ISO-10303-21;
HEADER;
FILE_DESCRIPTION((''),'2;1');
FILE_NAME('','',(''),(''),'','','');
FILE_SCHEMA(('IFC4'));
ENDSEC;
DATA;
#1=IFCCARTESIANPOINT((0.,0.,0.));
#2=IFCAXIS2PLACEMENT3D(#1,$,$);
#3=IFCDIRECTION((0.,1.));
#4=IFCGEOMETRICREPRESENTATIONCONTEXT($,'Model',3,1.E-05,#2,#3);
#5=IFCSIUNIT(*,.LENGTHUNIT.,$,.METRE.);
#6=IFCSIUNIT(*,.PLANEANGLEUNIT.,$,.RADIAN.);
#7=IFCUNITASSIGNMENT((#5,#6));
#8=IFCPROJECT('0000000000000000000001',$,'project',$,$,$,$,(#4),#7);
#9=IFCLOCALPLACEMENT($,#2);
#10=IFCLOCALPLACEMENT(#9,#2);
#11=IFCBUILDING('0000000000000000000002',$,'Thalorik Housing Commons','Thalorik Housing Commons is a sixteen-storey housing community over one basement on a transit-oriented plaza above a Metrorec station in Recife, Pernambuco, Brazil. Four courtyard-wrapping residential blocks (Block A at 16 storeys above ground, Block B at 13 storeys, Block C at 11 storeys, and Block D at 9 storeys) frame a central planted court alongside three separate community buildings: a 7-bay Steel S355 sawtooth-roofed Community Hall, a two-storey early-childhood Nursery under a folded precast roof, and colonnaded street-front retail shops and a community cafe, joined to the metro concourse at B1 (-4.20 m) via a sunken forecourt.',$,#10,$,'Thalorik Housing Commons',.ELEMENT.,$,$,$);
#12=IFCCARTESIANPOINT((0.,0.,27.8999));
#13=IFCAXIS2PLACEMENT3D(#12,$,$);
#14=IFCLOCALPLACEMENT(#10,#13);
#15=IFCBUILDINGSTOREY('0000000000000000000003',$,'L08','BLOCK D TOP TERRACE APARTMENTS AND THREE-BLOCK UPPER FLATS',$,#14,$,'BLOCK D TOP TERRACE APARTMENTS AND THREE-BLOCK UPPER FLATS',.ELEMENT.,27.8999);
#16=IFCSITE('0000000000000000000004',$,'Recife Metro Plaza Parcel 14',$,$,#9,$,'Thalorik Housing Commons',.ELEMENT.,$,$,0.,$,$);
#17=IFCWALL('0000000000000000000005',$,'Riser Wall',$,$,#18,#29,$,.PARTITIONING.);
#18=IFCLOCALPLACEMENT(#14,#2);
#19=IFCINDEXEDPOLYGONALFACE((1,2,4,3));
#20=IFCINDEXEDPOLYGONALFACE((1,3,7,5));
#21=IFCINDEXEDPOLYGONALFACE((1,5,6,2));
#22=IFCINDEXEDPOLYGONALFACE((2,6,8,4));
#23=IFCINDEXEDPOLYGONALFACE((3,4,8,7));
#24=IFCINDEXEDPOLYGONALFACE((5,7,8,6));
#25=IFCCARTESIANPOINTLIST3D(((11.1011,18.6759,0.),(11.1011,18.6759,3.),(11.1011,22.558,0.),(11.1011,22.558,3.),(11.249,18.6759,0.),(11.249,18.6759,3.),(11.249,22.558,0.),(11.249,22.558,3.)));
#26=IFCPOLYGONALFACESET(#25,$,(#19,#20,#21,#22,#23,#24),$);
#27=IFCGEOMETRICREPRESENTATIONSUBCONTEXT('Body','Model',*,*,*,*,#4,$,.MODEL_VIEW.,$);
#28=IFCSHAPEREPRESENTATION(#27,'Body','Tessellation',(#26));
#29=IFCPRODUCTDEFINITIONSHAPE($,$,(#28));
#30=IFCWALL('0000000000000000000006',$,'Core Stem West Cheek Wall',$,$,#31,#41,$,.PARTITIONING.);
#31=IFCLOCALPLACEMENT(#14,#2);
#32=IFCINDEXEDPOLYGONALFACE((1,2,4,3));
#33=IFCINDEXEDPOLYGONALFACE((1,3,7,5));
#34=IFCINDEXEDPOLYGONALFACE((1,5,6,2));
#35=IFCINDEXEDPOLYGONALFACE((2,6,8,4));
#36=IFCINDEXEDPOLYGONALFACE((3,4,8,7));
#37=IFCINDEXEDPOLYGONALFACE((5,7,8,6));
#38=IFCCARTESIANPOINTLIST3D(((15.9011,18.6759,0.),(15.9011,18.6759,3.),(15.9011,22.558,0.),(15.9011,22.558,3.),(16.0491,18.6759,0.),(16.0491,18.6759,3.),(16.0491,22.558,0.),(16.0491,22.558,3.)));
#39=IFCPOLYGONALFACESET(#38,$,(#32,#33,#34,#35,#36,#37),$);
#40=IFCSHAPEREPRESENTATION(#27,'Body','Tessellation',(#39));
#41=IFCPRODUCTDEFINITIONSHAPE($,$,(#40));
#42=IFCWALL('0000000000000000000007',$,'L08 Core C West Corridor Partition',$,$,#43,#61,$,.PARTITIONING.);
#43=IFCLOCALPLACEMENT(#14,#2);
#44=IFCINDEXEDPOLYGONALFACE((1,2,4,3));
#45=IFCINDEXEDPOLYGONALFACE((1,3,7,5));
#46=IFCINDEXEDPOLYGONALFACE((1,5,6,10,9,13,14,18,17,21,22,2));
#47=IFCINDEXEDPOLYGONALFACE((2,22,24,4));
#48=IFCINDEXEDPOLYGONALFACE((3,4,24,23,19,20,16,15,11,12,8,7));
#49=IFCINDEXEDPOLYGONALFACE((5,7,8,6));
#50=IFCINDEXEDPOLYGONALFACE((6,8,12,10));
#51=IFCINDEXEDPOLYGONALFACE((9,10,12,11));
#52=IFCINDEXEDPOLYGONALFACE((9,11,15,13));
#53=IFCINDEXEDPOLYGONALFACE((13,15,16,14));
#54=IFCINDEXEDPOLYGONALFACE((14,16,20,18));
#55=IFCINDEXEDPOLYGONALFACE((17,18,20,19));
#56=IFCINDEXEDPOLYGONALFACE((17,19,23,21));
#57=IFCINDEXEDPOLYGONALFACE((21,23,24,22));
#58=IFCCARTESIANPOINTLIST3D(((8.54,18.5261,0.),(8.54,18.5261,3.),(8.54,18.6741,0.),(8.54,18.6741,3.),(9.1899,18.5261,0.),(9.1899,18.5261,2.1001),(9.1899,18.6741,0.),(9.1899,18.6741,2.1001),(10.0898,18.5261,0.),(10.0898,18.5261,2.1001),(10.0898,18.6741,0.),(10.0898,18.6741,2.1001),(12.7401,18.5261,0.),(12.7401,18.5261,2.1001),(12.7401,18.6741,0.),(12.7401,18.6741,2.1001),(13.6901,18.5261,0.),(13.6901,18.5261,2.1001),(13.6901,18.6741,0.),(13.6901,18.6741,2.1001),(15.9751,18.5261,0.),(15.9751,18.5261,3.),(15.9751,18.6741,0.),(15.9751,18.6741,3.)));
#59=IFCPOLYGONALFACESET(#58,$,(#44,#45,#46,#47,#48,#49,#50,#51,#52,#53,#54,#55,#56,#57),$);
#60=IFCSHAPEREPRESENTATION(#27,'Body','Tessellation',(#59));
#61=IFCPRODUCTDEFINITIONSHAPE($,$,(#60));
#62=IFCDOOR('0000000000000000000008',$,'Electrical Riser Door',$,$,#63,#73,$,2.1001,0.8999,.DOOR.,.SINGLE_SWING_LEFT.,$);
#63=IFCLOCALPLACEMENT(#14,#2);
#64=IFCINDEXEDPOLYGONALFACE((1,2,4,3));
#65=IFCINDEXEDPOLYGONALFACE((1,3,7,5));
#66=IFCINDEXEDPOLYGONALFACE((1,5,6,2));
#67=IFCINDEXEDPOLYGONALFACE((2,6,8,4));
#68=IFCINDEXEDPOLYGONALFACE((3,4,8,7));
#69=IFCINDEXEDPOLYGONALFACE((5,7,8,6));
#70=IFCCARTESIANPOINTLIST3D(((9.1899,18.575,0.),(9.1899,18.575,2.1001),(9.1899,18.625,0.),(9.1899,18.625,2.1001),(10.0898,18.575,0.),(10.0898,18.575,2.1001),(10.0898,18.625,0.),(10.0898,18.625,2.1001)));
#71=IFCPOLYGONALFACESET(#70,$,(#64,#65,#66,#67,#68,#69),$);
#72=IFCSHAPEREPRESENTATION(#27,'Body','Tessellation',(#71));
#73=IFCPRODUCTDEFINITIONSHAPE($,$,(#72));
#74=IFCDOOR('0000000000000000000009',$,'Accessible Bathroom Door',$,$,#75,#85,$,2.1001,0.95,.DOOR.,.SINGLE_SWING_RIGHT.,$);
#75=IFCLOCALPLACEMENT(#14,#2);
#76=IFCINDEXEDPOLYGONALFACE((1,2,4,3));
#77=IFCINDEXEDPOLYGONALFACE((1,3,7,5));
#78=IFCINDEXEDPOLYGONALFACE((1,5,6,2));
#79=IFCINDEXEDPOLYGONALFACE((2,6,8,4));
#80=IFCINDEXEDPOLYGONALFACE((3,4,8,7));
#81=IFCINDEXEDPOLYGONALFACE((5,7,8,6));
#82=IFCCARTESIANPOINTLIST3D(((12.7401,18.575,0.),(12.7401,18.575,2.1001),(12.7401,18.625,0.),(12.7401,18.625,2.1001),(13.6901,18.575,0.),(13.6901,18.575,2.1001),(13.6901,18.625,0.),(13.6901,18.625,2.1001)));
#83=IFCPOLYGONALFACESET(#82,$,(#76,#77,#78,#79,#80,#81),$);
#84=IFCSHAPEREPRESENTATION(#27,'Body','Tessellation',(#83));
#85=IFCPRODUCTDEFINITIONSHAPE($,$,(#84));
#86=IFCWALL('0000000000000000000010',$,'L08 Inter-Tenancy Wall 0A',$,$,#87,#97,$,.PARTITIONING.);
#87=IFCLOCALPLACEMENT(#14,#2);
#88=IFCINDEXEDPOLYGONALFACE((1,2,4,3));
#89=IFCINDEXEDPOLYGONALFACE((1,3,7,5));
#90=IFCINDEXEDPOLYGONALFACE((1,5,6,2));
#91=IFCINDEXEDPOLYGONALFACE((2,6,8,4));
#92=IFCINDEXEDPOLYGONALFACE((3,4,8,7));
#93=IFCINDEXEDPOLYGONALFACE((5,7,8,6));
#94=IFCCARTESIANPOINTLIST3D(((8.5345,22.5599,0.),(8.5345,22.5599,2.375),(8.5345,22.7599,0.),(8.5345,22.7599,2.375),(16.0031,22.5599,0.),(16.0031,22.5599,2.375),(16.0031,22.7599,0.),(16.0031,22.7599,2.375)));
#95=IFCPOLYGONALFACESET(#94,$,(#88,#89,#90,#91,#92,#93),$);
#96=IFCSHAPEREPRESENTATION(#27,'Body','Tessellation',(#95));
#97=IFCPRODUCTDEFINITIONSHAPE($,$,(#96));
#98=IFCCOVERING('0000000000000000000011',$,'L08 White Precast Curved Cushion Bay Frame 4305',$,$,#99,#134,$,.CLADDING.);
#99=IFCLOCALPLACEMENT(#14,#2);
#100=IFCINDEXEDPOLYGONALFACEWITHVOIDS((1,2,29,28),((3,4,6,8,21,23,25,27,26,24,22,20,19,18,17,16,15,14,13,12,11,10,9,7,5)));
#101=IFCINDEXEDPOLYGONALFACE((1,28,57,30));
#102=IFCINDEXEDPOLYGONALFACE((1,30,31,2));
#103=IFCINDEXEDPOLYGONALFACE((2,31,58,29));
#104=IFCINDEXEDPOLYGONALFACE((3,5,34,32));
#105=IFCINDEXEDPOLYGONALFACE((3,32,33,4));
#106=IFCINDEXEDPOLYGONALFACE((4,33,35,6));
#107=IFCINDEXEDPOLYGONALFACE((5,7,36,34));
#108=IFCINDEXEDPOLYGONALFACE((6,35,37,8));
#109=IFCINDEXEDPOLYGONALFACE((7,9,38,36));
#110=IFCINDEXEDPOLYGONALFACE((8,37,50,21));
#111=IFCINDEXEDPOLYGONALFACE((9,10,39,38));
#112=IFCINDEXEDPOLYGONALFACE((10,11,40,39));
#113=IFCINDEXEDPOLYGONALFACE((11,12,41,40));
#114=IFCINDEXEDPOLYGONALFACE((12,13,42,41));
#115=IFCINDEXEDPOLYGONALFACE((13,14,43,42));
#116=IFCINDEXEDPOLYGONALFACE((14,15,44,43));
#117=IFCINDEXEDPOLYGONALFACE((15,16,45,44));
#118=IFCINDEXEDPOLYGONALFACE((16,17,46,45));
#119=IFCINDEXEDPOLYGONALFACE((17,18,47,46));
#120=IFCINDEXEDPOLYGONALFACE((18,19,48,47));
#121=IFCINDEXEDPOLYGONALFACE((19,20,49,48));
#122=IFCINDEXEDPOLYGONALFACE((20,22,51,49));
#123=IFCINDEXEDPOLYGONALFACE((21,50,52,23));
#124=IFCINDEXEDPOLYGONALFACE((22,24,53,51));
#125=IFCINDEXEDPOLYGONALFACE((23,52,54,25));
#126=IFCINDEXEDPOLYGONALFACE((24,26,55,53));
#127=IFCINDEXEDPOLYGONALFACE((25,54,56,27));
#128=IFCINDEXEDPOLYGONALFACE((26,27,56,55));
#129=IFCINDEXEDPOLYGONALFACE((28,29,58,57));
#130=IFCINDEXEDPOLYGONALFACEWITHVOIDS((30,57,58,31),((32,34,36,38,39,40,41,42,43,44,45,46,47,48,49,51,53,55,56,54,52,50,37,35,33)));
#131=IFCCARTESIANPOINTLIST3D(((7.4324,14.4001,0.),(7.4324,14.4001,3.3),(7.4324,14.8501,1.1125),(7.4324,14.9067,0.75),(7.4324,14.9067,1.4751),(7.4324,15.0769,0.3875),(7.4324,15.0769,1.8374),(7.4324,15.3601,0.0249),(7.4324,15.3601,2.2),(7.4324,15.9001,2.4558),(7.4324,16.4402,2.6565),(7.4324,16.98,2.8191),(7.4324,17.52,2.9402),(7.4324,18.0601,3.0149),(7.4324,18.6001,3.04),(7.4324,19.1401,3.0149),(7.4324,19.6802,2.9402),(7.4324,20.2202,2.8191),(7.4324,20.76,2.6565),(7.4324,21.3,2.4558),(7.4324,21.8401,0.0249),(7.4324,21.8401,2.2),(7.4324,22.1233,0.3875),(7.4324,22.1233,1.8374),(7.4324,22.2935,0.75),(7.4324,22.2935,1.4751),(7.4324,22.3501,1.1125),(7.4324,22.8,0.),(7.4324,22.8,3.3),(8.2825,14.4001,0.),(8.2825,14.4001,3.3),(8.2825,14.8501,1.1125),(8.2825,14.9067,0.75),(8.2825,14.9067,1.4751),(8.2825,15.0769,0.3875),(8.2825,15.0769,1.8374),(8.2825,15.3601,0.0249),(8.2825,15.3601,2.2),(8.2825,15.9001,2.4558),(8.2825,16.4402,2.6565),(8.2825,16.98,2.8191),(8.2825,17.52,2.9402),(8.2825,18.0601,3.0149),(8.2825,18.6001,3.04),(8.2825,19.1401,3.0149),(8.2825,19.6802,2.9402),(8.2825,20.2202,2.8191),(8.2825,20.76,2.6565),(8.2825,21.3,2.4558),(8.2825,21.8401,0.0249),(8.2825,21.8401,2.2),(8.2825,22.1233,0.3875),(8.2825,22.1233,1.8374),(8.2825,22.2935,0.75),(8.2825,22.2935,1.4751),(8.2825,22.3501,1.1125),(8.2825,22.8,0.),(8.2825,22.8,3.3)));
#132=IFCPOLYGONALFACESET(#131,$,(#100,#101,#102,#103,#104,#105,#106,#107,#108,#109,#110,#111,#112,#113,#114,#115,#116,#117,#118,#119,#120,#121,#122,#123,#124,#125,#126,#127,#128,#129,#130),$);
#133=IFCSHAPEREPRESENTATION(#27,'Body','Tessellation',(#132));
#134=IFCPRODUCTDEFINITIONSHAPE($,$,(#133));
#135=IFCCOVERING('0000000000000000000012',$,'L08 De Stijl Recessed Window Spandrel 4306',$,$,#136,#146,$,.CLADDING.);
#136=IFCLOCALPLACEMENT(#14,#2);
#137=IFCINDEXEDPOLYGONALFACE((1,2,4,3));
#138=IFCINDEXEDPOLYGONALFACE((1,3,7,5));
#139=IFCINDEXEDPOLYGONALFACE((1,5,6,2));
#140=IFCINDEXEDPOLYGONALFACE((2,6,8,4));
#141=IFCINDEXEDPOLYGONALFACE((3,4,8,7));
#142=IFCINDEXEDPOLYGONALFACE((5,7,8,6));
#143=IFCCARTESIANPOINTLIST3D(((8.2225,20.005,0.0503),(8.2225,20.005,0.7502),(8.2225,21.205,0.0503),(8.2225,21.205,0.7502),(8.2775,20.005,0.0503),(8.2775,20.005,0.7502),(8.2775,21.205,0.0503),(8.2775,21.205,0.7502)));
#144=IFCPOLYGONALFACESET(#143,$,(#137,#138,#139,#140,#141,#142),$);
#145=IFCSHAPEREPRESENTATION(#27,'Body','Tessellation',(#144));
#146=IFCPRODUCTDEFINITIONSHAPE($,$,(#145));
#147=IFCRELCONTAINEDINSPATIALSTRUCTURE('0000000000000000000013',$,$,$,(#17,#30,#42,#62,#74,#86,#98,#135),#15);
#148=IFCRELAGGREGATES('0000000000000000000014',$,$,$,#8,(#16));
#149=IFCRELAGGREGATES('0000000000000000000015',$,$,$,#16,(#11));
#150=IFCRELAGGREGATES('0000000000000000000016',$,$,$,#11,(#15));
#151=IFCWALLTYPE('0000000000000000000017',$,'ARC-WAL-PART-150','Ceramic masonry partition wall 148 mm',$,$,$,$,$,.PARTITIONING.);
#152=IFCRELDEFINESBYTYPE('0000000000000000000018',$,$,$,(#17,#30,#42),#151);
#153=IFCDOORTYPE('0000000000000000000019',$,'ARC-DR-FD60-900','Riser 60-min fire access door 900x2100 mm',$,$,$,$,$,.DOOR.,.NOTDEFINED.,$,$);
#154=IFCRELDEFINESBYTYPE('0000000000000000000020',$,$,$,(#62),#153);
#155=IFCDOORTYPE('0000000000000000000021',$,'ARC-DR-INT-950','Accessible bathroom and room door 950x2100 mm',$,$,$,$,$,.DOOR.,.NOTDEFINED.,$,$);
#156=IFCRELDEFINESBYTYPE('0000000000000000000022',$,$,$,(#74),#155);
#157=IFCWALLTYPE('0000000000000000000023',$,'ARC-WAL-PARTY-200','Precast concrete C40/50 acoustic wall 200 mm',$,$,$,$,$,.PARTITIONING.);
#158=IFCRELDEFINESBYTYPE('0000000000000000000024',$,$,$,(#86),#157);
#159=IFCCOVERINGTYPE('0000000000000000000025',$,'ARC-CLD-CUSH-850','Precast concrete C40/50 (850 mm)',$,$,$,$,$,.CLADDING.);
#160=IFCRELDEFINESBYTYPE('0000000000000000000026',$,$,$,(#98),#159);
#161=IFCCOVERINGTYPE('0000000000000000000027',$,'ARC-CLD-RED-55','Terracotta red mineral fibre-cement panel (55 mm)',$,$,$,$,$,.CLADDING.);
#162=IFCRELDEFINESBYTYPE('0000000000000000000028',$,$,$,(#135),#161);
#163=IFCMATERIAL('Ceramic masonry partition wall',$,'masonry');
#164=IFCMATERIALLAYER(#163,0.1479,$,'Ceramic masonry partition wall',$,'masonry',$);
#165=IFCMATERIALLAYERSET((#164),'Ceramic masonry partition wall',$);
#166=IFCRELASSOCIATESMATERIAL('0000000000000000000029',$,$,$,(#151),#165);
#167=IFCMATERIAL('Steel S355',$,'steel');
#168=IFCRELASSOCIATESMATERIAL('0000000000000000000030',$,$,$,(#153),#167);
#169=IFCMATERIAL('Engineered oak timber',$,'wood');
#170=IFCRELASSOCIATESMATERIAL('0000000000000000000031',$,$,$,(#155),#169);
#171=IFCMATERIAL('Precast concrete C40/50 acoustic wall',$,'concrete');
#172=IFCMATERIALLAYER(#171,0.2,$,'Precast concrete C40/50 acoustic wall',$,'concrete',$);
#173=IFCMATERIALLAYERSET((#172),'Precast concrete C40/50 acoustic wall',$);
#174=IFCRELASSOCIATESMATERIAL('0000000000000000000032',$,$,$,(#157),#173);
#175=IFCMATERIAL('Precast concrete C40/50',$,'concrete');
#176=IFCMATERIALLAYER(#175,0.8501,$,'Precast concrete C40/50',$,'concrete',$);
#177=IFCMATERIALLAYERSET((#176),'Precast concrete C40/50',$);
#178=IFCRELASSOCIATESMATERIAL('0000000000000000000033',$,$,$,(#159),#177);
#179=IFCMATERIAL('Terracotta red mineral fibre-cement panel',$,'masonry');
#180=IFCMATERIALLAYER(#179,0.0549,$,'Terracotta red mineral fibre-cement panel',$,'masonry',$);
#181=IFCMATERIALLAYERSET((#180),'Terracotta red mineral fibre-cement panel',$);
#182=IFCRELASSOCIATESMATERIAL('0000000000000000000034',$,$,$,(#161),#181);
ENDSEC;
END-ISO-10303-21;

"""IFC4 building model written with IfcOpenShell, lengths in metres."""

from ifc_helpers import new_model, si_unit, direction, frame, frame_2d, origin, origin_2d, place, context, subcontext, project, spatial, polyline, rectangle, outline, extrude, material, layer, layer_set, type_object, element, fill, save


model = new_model("IFC4")

# Units and contexts
model_context = context("Model", 3, precision=1e-05, world=origin(), true_north=direction((0.0, 1.0)))
body_context = subcontext(model_context, "Body", "Model", "MODEL_VIEW")
ifc_project = project(units=[si_unit("LENGTHUNIT", "METRE"), si_unit("PLANEANGLEUNIT", "RADIAN")], contexts=[model_context])

# Site, building, storey
site_placement = place(None, origin())
site = spatial("IfcSite", under=ifc_project, at=site_placement, Name="Recife Metro Plaza Parcel 14", LongName="Thalorik Housing Commons", CompositionType="ELEMENT", RefElevation=0.0)
building_placement = place(site_placement, origin())
building = spatial("IfcBuilding", under=site, at=building_placement, Name="Thalorik Housing Commons", Description="Thalorik Housing Commons is a sixteen-storey housing community over one basement on a transit-oriented plaza above a Metrorec station in Recife, Pernambuco, Brazil. Four courtyard-wrapping residential blocks (Block A at 16 storeys above ground, Block B at 13 storeys, Block C at 11 storeys, and Block D at 9 storeys) frame a central planted court alongside three separate community buildings: a 7-bay Steel S355 sawtooth-roofed Community Hall, a two-storey early-childhood Nursery under a folded precast roof, and colonnaded street-front retail shops and a community cafe, joined to the metro concourse at B1 (-4.20 m) via a sunken forecourt.", LongName="Thalorik Housing Commons", CompositionType="ELEMENT")
storey_placement = place(building_placement, frame((0.0, 0.0, 27.8999)))
storey = spatial("IfcBuildingStorey", under=building, at=storey_placement, Name="L08", Description="BLOCK D TOP TERRACE APARTMENTS AND THREE-BLOCK UPPER FLATS", LongName="BLOCK D TOP TERRACE APARTMENTS AND THREE-BLOCK UPPER FLATS", CompositionType="ELEMENT", Elevation=27.8999)

# Shared definitions
ifc_material_1 = material(Name="Precast concrete C40/50", Category="concrete")

# Shared definitions
ifc_material_2 = material(Name="Steel S355", Category="steel")

# Walls
ifc_material_3 = material(Name="Ceramic masonry partition wall", Category="masonry")
ifc_layer_1 = layer(ifc_material_3, 0.1479, Name="Ceramic masonry partition wall", Category="masonry")
ifc_layer_set_1 = layer_set([ifc_layer_1], Name="Ceramic masonry partition wall")
wall_type_1 = type_object("IfcWallType", Name="ARC-WAL-PART-150", Description="Ceramic masonry partition wall 148 mm", PredefinedType="PARTITIONING", material=ifc_layer_set_1)
for number, where, z_axis, x_axis, name in (
    (1, (11.175, 18.676, 0.0), (0.0, 0.0, 1.0), (0.0, 1.0, 0.0), "Riser Wall"),
    (2, (15.9751, 18.676, 0.0), (0.0, 0.0, 1.0), (0.0, 1.0, 0.0), "Core Stem West Cheek Wall"),
):
    element("IfcWall", number, at=place(storey_placement, frame(where, z_axis=z_axis, x_axis=x_axis)), inside=storey, type_object=wall_type_1, Name=name, PredefinedType="PARTITIONING", context=body_context, shape_type="SweptSolid", body=[
        extrude(rectangle(XDim=3.8821, YDim=0.1479, at=frame_2d((1.9409, 0.0))), origin(), (0.0, 0.0, 1.0), 3.0),
    ])

# Wall, openings, doors
wall_1_placement = place(storey_placement, frame((8.54, 18.6001, 0.0), z_axis=(0.0, 0.0, 1.0), x_axis=(1.0, 0.0, 0.0)))
wall_1 = element("IfcWall", 3, at=wall_1_placement, inside=storey, type_object=wall_type_1, Name="L08 Core C West Corridor Partition", PredefinedType="PARTITIONING", context=body_context, shape_type="SweptSolid", body=[
    extrude(rectangle(XDim=7.4351, YDim=0.1479, at=frame_2d((3.7175, 0.0))), origin(), (0.0, 0.0, 1.0), 3.0),
])
opening_1_placement = place(wall_1_placement, frame((0.6499, 0.0, 0.0)))
opening_1 = element("IfcOpeningElement", 4, at=opening_1_placement, cuts=wall_1, PredefinedType="OPENING", context=body_context, shape_type="SweptSolid", body=[
    extrude(rectangle(XDim=0.8999, YDim=2.1001, at=frame_2d((0.45, 1.05))), frame((0.0, 0.084, 0.0), z_axis=(0.0, -1.0, 0.0), x_axis=(1.0, 0.0, 0.0)), (0.0, 0.0, 1.0), 0.168),
])
opening_2_placement = place(wall_1_placement, frame((4.2, 0.0, 0.0)))
opening_2 = element("IfcOpeningElement", 5, at=opening_2_placement, cuts=wall_1, PredefinedType="OPENING", context=body_context, shape_type="SweptSolid", body=[
    extrude(rectangle(XDim=0.95, YDim=2.1001, at=frame_2d((0.4751, 1.05))), frame((0.0, 0.084, 0.0), z_axis=(0.0, -1.0, 0.0), x_axis=(1.0, 0.0, 0.0)), (0.0, 0.0, 1.0), 0.168),
])
door_type_1 = type_object("IfcDoorType", Name="ARC-DR-FD60-900", Description="Riser 60-min fire access door 900x2100 mm", OperationType="NOTDEFINED", PredefinedType="DOOR", material=ifc_material_2)
door_1_placement = place(opening_1_placement, origin())
door_1 = element("IfcDoor", 6, at=door_1_placement, inside=storey, type_object=door_type_1, Name="Electrical Riser Door", OperationType="SINGLE_SWING_LEFT", OverallHeight=2.1001, OverallWidth=0.8999, PredefinedType="DOOR", context=body_context, shape_type="SweptSolid", body=[
    extrude(rectangle(XDim=0.8999, YDim=2.1001, at=frame_2d((0.45, 1.05))), frame((0.0, 0.0249, 0.0), z_axis=(0.0, -1.0, 0.0), x_axis=(1.0, 0.0, 0.0)), (0.0, 0.0, 1.0), 0.05),
])
fill(opening_1, door_1)
ifc_material_4 = material(Name="Engineered oak timber", Category="wood")
door_type_2 = type_object("IfcDoorType", Name="ARC-DR-INT-950", Description="Accessible bathroom and room door 950x2100 mm", OperationType="NOTDEFINED", PredefinedType="DOOR", material=ifc_material_4)
door_2_placement = place(opening_2_placement, origin())
door_2 = element("IfcDoor", 7, at=door_2_placement, inside=storey, type_object=door_type_2, Name="Accessible Bathroom Door", OperationType="SINGLE_SWING_RIGHT", OverallHeight=2.1001, OverallWidth=0.95, PredefinedType="DOOR", context=body_context, shape_type="SweptSolid", body=[
    extrude(rectangle(XDim=0.95, YDim=2.1001, at=frame_2d((0.4751, 1.05))), frame((0.0, 0.0249, 0.0), z_axis=(0.0, -1.0, 0.0), x_axis=(1.0, 0.0, 0.0)), (0.0, 0.0, 1.0), 0.05),
])
fill(opening_2, door_2)

# Wall
ifc_material_5 = material(Name="Precast concrete C40/50 acoustic wall", Category="concrete")
ifc_layer_2 = layer(ifc_material_5, 0.2, Name="Precast concrete C40/50 acoustic wall", Category="concrete")
ifc_layer_set_2 = layer_set([ifc_layer_2], Name="Precast concrete C40/50 acoustic wall")
wall_type_2 = type_object("IfcWallType", Name="ARC-WAL-PARTY-200", Description="Precast concrete C40/50 acoustic wall 200 mm", PredefinedType="PARTITIONING", material=ifc_layer_set_2)
wall_2_placement = place(storey_placement, frame((8.5344, 22.6599, 0.0), z_axis=(0.0, 0.0, 1.0), x_axis=(1.0, 0.0, 0.0)))
element("IfcWall", 8, at=wall_2_placement, inside=storey, type_object=wall_type_2, Name="L08 Inter-Tenancy Wall 0A", PredefinedType="PARTITIONING", context=body_context, shape_type="SweptSolid", body=[
    extrude(rectangle(XDim=7.4685, YDim=0.2, at=frame_2d((3.7344, 0.0))), origin(), (0.0, 0.0, 1.0), 2.375),
])

# Coverings
ifc_layer_3 = layer(ifc_material_1, 0.8501, Name="Precast concrete C40/50", Category="concrete")
ifc_layer_set_3 = layer_set([ifc_layer_3], Name="Precast concrete C40/50")
covering_type_1 = type_object("IfcCoveringType", Name="ARC-CLD-CUSH-850", Description="Precast concrete C40/50 (850 mm)", PredefinedType="CLADDING", material=ifc_layer_set_3)
covering_1_placement = place(storey_placement, frame((7.8574, 18.6001, 0.0), z_axis=(0.0, 0.0, 1.0), x_axis=(0.0, -1.0, 0.0)))
element("IfcCovering", 9, at=covering_1_placement, inside=storey, type_object=covering_type_1, Name="L08 White Precast Curved Cushion Bay Frame 4305", PredefinedType="CLADDING", context=body_context, shape_type="SweptSolid", body=[
    extrude(outline(polyline([(-4.2, 0.0), (4.2, 0.0), (4.2, 3.3), (-4.2, 3.3), (-4.2, 0.0)]), holes=[polyline([(3.24, 0.0249), (3.5232, 0.3875), (3.6934, 0.75), (3.75, 1.1125), (3.6934, 1.4751), (3.5232, 1.8374), (3.24, 2.2), (2.7, 2.4558), (2.1599, 2.6565), (1.6201, 2.8191), (1.0801, 2.9402), (0.54, 3.0149), (0.0, 3.04), (-0.54, 3.0149), (-1.0801, 2.9402), (-1.6201, 2.8191), (-2.1599, 2.6565), (-2.7, 2.4558), (-3.24, 2.2), (-3.5232, 1.8374), (-3.6934, 1.4751), (-3.75, 1.1125), (-3.6934, 0.75), (-3.5232, 0.3875), (-3.24, 0.0249), (3.24, 0.0249)])]), frame((0.0, 0.425, 0.0), z_axis=(0.0, -1.0, 0.0), x_axis=(1.0, 0.0, 0.0)), (0.0, 0.0, 1.0), 0.8501),
])
ifc_material_6 = material(Name="Terracotta red mineral fibre-cement panel", Category="masonry")
ifc_layer_4 = layer(ifc_material_6, 0.0549, Name="Terracotta red mineral fibre-cement panel", Category="masonry")
ifc_layer_set_4 = layer_set([ifc_layer_4], Name="Terracotta red mineral fibre-cement panel")
covering_type_2 = type_object("IfcCoveringType", Name="ARC-CLD-RED-55", Description="Terracotta red mineral fibre-cement panel (55 mm)", PredefinedType="CLADDING", material=ifc_layer_set_4)
covering_2_placement = place(storey_placement, frame((8.25, 20.605, 0.0503), z_axis=(0.0, 0.0, 1.0), x_axis=(0.0, -1.0, 0.0)))
element("IfcCovering", 10, at=covering_2_placement, inside=storey, type_object=covering_type_2, Name="L08 De Stijl Recessed Window Spandrel 4306", PredefinedType="CLADDING", context=body_context, shape_type="SweptSolid", body=[
    extrude(rectangle(XDim=1.2, YDim=0.0549, at=origin_2d()), origin(), (0.0, 0.0, 1.0), 0.7),
])

save(model, "model.ifc")
